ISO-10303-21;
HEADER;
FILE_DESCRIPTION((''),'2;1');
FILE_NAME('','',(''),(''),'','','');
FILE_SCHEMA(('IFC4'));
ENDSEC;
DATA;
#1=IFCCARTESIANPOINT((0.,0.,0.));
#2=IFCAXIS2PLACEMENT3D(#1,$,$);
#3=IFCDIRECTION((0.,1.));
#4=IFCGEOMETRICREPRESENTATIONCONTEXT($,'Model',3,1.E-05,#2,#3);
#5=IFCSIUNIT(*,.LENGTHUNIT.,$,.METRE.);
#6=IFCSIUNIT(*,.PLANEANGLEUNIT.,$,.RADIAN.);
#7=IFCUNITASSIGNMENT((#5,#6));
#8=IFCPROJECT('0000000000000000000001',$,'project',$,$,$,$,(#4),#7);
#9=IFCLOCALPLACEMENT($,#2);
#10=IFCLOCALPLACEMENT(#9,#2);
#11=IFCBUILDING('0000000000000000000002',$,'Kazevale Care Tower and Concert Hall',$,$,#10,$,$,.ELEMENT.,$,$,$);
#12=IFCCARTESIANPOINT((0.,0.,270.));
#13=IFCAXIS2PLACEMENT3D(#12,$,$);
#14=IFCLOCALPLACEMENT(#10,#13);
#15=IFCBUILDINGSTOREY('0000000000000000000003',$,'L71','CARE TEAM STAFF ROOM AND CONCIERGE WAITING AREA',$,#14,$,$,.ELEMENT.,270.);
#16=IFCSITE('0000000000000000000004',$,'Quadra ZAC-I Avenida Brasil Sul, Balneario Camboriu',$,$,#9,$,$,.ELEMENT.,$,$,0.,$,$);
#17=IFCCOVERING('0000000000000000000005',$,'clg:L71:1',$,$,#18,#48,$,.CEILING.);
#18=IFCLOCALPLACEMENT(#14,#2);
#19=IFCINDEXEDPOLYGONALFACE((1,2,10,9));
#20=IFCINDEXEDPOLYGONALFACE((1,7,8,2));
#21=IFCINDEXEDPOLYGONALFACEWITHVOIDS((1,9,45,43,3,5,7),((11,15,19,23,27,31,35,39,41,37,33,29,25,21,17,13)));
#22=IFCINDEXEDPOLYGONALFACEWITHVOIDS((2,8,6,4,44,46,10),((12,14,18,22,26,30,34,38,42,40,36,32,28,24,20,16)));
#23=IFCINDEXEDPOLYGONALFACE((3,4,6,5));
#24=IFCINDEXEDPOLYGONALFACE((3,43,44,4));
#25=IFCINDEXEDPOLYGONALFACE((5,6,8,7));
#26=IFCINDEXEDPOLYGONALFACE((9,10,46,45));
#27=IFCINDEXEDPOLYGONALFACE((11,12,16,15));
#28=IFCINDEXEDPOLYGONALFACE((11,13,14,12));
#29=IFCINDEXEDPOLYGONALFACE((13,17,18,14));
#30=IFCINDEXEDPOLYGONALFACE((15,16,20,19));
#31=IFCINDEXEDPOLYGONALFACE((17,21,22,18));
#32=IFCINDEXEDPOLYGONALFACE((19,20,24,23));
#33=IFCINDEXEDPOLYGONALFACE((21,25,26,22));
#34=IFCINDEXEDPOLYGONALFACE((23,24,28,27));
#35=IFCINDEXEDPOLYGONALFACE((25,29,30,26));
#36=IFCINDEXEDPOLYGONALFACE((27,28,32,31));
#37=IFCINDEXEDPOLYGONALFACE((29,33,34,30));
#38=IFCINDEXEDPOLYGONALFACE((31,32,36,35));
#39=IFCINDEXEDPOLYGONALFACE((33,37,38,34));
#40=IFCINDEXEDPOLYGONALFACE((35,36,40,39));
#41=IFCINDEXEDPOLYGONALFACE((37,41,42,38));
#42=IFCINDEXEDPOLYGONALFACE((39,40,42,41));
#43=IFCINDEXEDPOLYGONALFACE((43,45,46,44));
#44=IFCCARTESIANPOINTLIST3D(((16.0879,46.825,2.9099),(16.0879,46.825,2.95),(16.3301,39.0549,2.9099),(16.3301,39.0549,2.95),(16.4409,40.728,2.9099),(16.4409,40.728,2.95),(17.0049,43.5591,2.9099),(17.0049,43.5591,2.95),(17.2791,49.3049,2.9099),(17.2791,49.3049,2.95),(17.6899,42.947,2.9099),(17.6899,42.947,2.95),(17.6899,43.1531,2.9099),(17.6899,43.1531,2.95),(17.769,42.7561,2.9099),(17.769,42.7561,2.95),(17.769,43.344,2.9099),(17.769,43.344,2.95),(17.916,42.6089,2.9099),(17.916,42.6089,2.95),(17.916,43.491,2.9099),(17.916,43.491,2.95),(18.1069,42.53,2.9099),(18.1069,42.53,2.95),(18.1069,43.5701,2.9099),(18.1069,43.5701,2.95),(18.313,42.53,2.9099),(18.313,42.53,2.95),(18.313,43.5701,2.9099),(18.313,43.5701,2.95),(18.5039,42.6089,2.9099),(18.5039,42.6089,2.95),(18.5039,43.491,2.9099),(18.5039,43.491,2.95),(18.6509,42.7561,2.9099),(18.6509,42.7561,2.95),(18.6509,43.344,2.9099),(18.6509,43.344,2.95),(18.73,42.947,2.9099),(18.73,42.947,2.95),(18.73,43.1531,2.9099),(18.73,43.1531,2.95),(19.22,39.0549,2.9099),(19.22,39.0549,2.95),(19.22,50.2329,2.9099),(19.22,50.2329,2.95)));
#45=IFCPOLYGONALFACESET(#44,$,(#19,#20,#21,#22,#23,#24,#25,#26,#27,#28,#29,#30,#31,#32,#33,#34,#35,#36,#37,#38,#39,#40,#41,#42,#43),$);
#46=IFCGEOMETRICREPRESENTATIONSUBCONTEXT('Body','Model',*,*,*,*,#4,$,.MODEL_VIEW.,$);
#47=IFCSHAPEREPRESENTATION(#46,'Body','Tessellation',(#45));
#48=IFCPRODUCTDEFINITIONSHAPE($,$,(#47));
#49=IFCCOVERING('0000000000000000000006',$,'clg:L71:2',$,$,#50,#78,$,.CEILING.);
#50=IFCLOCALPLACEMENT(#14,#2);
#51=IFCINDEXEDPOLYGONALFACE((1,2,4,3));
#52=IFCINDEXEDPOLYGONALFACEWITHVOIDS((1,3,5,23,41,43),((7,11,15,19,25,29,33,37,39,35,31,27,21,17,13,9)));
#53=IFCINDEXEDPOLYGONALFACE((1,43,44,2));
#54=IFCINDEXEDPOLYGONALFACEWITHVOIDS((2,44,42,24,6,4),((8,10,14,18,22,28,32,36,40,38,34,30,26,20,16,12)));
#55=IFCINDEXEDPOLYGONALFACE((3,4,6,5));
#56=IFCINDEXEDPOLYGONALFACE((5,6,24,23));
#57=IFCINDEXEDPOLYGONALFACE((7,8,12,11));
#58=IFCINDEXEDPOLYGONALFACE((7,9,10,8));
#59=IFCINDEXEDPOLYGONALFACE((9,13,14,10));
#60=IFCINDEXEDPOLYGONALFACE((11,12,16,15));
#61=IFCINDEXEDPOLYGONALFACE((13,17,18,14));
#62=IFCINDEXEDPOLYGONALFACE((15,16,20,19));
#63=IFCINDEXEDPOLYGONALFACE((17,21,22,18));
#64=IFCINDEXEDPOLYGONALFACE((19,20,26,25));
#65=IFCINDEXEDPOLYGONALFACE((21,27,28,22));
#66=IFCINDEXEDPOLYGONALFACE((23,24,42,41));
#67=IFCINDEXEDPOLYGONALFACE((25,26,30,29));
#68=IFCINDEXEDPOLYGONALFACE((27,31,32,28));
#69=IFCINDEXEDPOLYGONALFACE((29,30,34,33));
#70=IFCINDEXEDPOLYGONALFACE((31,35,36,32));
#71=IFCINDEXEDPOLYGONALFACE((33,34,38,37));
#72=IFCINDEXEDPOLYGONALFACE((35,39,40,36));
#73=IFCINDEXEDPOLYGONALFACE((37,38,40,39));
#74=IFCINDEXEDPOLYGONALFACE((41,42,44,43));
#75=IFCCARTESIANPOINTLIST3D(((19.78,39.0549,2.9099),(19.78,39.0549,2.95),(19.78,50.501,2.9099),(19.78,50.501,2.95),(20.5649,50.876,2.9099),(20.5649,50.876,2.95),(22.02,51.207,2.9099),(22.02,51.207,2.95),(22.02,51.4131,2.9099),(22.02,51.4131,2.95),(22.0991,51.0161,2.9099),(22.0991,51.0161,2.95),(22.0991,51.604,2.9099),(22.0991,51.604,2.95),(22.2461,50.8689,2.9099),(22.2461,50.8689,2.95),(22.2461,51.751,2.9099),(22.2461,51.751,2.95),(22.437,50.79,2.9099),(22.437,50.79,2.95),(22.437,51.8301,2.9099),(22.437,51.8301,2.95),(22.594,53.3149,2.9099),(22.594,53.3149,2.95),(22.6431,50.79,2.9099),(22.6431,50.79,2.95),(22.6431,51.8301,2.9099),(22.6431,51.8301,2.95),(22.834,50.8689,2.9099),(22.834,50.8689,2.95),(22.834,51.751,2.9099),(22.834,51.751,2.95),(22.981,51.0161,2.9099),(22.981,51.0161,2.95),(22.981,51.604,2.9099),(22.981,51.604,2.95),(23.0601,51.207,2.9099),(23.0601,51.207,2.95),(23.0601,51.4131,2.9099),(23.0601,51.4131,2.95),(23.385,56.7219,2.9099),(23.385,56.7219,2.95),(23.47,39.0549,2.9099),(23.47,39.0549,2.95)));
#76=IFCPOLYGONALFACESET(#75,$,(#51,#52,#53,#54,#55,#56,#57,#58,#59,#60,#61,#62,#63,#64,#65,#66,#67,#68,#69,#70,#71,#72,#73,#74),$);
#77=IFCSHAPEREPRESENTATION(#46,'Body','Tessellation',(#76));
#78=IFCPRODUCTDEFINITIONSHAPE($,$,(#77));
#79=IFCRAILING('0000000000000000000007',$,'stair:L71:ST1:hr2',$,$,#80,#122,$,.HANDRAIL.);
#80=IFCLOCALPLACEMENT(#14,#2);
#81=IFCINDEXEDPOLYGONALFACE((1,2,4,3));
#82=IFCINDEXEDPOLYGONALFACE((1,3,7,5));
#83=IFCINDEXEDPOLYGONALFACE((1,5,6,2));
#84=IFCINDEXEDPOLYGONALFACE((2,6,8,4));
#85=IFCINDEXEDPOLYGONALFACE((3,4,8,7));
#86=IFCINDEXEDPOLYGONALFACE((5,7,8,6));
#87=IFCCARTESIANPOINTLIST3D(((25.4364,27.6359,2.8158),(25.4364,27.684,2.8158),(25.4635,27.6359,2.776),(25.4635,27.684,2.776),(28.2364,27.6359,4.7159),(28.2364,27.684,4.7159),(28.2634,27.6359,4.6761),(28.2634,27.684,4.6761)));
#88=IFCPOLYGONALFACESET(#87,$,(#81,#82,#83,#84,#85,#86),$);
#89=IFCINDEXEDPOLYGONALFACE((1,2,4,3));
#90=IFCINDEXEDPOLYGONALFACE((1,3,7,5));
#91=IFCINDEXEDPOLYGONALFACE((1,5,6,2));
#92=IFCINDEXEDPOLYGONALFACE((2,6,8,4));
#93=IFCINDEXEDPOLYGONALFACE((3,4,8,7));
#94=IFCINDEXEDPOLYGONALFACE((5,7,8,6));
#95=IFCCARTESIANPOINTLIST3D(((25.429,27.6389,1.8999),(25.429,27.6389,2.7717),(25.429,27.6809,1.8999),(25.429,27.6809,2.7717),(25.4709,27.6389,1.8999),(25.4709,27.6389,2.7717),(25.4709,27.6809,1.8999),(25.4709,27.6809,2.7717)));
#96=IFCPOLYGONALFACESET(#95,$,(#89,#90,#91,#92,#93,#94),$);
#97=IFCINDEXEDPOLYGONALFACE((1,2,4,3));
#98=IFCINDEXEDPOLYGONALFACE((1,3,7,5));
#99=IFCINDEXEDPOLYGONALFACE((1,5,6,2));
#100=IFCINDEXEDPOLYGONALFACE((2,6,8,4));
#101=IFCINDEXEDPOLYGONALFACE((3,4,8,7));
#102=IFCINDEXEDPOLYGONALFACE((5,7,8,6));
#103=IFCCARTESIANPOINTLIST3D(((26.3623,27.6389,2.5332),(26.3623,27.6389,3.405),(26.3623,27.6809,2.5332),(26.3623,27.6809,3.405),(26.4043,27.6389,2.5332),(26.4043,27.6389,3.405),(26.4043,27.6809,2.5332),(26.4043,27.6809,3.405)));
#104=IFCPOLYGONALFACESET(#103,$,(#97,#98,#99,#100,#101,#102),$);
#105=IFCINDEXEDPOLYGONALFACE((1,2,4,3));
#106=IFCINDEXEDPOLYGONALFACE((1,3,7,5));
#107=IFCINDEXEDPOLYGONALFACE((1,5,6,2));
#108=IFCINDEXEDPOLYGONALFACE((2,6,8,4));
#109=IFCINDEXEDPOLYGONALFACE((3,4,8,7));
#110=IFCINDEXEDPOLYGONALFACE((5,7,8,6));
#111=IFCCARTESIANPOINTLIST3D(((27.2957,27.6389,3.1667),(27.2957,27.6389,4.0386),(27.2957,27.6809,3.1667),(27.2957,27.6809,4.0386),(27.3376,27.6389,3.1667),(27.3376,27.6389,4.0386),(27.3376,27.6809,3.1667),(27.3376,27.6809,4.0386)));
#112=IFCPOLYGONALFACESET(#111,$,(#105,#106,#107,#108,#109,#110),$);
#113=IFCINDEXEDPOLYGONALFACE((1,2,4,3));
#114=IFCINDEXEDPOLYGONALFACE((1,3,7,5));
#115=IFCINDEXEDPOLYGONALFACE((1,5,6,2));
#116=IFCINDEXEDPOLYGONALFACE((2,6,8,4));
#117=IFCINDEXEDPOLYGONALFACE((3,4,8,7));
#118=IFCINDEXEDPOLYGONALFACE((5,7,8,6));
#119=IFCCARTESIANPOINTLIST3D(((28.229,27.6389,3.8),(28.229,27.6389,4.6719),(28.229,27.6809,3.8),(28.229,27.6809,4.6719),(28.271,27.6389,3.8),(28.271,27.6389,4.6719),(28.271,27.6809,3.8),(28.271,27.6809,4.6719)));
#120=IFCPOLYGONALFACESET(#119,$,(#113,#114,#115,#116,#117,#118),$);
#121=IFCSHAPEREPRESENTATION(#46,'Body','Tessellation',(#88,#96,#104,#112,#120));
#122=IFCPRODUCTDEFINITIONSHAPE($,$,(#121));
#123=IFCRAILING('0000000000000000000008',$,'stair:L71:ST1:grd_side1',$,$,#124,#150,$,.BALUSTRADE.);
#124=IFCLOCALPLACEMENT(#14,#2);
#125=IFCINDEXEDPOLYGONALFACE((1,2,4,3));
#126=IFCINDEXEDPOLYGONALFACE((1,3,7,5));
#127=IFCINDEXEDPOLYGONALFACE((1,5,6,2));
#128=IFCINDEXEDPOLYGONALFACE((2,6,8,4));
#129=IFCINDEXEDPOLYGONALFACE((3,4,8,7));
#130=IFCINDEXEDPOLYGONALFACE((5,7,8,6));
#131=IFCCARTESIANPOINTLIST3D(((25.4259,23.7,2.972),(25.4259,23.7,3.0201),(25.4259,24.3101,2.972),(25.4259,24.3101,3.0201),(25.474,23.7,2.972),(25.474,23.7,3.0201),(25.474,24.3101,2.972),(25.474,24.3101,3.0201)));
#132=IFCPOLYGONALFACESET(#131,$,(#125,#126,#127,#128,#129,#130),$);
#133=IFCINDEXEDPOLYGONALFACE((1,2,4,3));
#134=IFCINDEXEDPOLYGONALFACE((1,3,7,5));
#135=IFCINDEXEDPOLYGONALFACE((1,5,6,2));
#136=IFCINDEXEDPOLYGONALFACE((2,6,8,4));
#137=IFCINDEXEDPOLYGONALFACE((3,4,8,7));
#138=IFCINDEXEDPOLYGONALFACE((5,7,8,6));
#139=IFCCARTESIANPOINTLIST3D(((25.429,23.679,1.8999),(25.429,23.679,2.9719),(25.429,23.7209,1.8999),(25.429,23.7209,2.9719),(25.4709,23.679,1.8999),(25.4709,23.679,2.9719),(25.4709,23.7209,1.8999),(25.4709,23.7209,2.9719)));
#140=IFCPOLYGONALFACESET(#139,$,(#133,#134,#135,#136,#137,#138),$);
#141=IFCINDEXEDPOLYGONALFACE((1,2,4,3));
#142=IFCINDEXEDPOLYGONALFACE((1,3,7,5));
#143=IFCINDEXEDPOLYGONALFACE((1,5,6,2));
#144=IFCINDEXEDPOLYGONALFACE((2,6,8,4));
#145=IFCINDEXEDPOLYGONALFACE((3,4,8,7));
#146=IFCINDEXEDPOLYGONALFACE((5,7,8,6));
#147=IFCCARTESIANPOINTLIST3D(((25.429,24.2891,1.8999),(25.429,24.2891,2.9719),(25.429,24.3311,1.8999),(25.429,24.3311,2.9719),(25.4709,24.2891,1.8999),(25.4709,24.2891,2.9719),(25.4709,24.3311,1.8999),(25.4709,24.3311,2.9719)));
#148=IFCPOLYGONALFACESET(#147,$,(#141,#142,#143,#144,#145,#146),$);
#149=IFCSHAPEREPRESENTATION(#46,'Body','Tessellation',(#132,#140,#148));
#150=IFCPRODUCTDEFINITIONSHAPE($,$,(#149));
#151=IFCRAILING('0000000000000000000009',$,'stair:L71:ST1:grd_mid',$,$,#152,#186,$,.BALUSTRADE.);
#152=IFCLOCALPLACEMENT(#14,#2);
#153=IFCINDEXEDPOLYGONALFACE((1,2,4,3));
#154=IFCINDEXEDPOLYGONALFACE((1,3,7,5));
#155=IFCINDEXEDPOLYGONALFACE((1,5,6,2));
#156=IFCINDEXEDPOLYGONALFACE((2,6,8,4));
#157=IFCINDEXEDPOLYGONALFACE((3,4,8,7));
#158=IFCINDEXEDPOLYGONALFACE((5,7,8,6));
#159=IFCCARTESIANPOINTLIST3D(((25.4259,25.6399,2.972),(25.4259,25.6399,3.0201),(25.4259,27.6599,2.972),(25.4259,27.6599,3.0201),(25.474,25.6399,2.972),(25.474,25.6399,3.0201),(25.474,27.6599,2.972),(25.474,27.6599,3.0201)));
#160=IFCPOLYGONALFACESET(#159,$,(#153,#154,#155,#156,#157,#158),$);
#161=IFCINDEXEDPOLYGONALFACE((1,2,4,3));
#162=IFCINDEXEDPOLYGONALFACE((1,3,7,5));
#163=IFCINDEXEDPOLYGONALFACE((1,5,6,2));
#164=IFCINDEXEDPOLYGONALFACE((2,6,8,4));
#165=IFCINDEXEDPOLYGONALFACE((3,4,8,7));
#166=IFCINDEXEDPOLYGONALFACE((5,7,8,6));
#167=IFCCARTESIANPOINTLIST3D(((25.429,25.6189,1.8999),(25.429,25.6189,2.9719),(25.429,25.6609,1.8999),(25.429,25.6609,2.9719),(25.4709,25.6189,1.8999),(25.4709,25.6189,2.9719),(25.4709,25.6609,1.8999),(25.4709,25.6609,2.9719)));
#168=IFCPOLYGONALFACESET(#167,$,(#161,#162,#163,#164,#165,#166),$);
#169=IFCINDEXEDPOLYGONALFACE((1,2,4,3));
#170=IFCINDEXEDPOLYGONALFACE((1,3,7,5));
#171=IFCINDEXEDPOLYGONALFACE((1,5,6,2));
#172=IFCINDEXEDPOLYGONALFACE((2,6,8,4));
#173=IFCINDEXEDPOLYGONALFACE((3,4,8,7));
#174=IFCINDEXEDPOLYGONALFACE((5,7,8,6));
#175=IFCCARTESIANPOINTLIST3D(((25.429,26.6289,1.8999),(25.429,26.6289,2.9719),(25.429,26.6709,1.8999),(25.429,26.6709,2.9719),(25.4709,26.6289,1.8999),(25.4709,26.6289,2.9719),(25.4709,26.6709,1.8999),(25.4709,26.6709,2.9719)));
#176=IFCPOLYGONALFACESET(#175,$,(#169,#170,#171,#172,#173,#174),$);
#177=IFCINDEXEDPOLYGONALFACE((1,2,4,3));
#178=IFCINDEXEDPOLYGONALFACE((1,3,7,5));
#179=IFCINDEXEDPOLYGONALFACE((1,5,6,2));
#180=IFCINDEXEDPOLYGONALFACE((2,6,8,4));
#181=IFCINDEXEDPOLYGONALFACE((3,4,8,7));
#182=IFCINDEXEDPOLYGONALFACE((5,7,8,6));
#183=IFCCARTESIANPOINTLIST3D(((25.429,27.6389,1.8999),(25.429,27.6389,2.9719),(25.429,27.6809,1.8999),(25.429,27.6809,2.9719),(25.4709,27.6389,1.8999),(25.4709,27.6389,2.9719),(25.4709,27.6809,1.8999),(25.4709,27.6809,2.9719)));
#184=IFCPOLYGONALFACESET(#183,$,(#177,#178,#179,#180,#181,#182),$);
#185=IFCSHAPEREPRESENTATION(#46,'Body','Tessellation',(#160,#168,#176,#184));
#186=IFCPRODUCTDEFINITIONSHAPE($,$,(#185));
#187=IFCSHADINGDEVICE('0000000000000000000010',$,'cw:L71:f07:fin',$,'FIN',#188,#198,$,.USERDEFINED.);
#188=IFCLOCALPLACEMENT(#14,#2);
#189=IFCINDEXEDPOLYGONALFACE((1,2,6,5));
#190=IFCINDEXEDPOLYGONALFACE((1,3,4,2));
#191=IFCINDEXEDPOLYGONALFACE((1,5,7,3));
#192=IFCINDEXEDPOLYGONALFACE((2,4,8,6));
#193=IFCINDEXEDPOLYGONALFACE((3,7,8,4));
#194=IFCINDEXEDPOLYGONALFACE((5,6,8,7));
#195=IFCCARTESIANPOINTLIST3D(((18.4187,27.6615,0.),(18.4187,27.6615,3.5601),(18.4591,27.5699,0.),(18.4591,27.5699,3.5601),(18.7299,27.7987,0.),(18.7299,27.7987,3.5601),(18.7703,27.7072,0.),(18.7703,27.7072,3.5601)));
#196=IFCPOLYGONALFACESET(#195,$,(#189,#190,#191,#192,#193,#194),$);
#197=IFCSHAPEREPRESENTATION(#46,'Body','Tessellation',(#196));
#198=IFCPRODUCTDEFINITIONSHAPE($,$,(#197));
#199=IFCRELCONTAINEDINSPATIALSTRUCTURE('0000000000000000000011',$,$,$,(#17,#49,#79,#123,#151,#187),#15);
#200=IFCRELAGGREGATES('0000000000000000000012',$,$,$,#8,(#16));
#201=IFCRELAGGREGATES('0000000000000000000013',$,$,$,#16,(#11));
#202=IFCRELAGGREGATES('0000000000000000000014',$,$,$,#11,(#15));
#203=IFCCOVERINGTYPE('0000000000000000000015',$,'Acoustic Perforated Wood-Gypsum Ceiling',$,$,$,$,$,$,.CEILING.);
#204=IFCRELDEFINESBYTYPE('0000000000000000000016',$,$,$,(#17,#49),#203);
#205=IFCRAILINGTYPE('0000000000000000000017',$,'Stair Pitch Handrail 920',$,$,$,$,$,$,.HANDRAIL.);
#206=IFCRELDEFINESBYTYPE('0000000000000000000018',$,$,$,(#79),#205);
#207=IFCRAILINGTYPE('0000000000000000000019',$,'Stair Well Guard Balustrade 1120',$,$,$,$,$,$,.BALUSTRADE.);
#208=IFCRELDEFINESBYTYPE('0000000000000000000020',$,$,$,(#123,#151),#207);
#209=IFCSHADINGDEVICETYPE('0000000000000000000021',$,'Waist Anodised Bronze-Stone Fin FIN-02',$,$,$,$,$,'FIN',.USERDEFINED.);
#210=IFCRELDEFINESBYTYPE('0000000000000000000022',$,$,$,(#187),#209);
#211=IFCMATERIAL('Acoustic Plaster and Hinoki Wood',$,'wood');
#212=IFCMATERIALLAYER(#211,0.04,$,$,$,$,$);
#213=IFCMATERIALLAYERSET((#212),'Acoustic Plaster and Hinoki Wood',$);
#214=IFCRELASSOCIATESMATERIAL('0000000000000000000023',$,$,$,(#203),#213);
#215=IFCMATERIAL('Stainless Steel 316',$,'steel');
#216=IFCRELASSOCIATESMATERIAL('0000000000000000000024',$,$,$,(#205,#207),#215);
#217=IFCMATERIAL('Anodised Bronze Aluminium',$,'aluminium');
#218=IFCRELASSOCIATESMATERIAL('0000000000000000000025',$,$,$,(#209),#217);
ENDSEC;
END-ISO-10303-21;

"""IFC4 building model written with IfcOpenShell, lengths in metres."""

from ifc_helpers import new_model, si_unit, direction, frame, origin, origin_2d, place, context, subcontext, project, spatial, polyline, rectangle, outline, extrude, material, layer, layer_set, type_object, element, save


model = new_model("IFC4")

# Units and contexts
model_context = context("Model", 3, precision=1e-05, world=origin(), true_north=direction((0.0, 1.0)))
body_context = subcontext(model_context, "Body", "Model", "MODEL_VIEW")
ifc_project = project(units=[si_unit("LENGTHUNIT", "METRE"), si_unit("PLANEANGLEUNIT", "RADIAN")], contexts=[model_context])

# Site, building, storey
site_placement = place(None, origin())
site = spatial("IfcSite", under=ifc_project, at=site_placement, Name="Quadra ZAC-I Avenida Brasil Sul, Balneario Camboriu", CompositionType="ELEMENT", RefElevation=0.0)
building_placement = place(site_placement, origin())
building = spatial("IfcBuilding", under=site, at=building_placement, Name="Kazevale Care Tower and Concert Hall", CompositionType="ELEMENT")
storey_placement = place(building_placement, frame((0.0, 0.0, 270.0)))
storey = spatial("IfcBuildingStorey", under=building, at=storey_placement, Name="L71", Description="CARE TEAM STAFF ROOM AND CONCIERGE WAITING AREA", CompositionType="ELEMENT", Elevation=270.0)

# Coverings
ifc_material_1 = material(Name="Acoustic Plaster and Hinoki Wood", Category="wood")
ifc_layer_1 = layer(ifc_material_1, 0.04)
ifc_layer_set_1 = layer_set([ifc_layer_1], Name="Acoustic Plaster and Hinoki Wood")
covering_type = type_object("IfcCoveringType", Name="Acoustic Perforated Wood-Gypsum Ceiling", PredefinedType="CEILING", material=ifc_layer_set_1)
covering_1_placement = place(storey_placement, frame((0.0, 0.0, 2.9099)))
element("IfcCovering", 1, at=covering_1_placement, inside=storey, type_object=covering_type, Name="clg:L71:1", PredefinedType="CEILING", context=body_context, shape_type="SweptSolid", body=[
    extrude(outline(polyline([(17.0049, 43.5591), (16.0879, 46.825), (17.2791, 49.3049), (19.22, 50.2329), (19.22, 39.0549), (16.3301, 39.0549), (16.4409, 40.728), (17.0049, 43.5591)]), holes=[polyline([(18.73, 43.1531), (18.6509, 43.344), (18.5039, 43.491), (18.313, 43.5701), (18.1069, 43.5701), (17.916, 43.491), (17.769, 43.344), (17.6899, 43.1531), (17.6899, 42.947), (17.769, 42.7561), (17.916, 42.6089), (18.1069, 42.53), (18.313, 42.53), (18.5039, 42.6089), (18.6509, 42.7561), (18.73, 42.947), (18.73, 43.1531)])]), origin(), (0.0, 0.0, 1.0), 0.04),
])
covering_2_placement = place(storey_placement, frame((0.0, 0.0, 2.9099)))
element("IfcCovering", 2, at=covering_2_placement, inside=storey, type_object=covering_type, Name="clg:L71:2", PredefinedType="CEILING", context=body_context, shape_type="SweptSolid", body=[
    extrude(outline(polyline([(22.594, 53.3149), (23.385, 56.7219), (23.47, 39.0549), (19.78, 39.0549), (19.78, 50.501), (20.5649, 50.876), (22.594, 53.3149)]), holes=[polyline([(23.0601, 51.4131), (22.981, 51.604), (22.834, 51.751), (22.6431, 51.8301), (22.437, 51.8301), (22.2461, 51.751), (22.0991, 51.604), (22.02, 51.4131), (22.02, 51.207), (22.0991, 51.0161), (22.2461, 50.8689), (22.437, 50.79), (22.6431, 50.79), (22.834, 50.8689), (22.981, 51.0161), (23.0601, 51.207), (23.0601, 51.4131)])]), origin(), (0.0, 0.0, 1.0), 0.04),
])

# Railings
ifc_material_2 = material(Name="Stainless Steel 316", Category="steel")
railing_type_1 = type_object("IfcRailingType", Name="Stair Pitch Handrail 920", PredefinedType="HANDRAIL", material=ifc_material_2)
railing_1_placement = place(storey_placement, frame((25.45, 27.6599, 1.8999)))
element("IfcRailing", 3, at=railing_1_placement, inside=storey, type_object=railing_type_1, Name="stair:L71:ST1:hr2", PredefinedType="HANDRAIL", context=body_context, shape_type="SweptSolid", body=[
    extrude(rectangle(XDim=0.0481, YDim=0.0481, at=origin_2d()), frame((0.0, 0.0, 0.896), z_axis=(0.82746, 0.0, 0.561524), x_axis=(0.0, 1.0, 0.0)), (0.0, 0.0, 1.0), 3.3838),
    extrude(rectangle(XDim=0.042, YDim=0.042, at=origin_2d()), origin(), (0.0, 0.0, 1.0), 0.8718),
    extrude(rectangle(XDim=0.042, YDim=0.042, at=origin_2d()), frame((0.9333, 0.0, 0.6333)), (0.0, 0.0, 1.0), 0.8718),
    extrude(rectangle(XDim=0.042, YDim=0.042, at=origin_2d()), frame((1.8667, 0.0, 1.2668)), (0.0, 0.0, 1.0), 0.8718),
    extrude(rectangle(XDim=0.042, YDim=0.042, at=origin_2d()), frame((2.8, 0.0, 1.9001)), (0.0, 0.0, 1.0), 0.8718),
])
railing_type_2 = type_object("IfcRailingType", Name="Stair Well Guard Balustrade 1120", PredefinedType="BALUSTRADE", material=ifc_material_2)
railing_2_placement = place(storey_placement, frame((25.45, 23.7, 1.8999)))
element("IfcRailing", 4, at=railing_2_placement, inside=storey, type_object=railing_type_2, Name="stair:L71:ST1:grd_side1", PredefinedType="BALUSTRADE", context=body_context, shape_type="SweptSolid", body=[
    extrude(rectangle(XDim=0.0481, YDim=0.0481, at=origin_2d()), frame((0.0, 0.0, 1.0962), z_axis=(0.0, 1.0, 0.0), x_axis=(-1.0, 0.0, 0.0)), (0.0, 0.0, 1.0), 0.6101),
    extrude(rectangle(XDim=0.042, YDim=0.042, at=origin_2d()), origin(), (0.0, 0.0, 1.0), 1.072),
    extrude(rectangle(XDim=0.042, YDim=0.042, at=origin_2d()), frame((0.0, 0.6101, 0.0)), (0.0, 0.0, 1.0), 1.072),
])
railing_3_placement = place(storey_placement, frame((25.45, 25.6399, 1.8999)))
element("IfcRailing", 5, at=railing_3_placement, inside=storey, type_object=railing_type_2, Name="stair:L71:ST1:grd_mid", PredefinedType="BALUSTRADE", context=body_context, shape_type="SweptSolid", body=[
    extrude(rectangle(XDim=0.0481, YDim=0.0481, at=origin_2d()), frame((0.0, 0.0, 1.0962), z_axis=(0.0, 1.0, 0.0), x_axis=(-1.0, 0.0, 0.0)), (0.0, 0.0, 1.0), 2.02),
    extrude(rectangle(XDim=0.042, YDim=0.042, at=origin_2d()), origin(), (0.0, 0.0, 1.0), 1.072),
    extrude(rectangle(XDim=0.042, YDim=0.042, at=origin_2d()), frame((0.0, 1.01, 0.0)), (0.0, 0.0, 1.0), 1.072),
    extrude(rectangle(XDim=0.042, YDim=0.042, at=origin_2d()), frame((0.0, 2.02, 0.0)), (0.0, 0.0, 1.0), 1.072),
])

# Shading device
ifc_material_3 = material(Name="Anodised Bronze Aluminium", Category="aluminium")
shading_device_type = type_object("IfcShadingDeviceType", Name="Waist Anodised Bronze-Stone Fin FIN-02", ElementType="FIN", PredefinedType="USERDEFINED", material=ifc_material_3)
shading_device_placement = place(storey_placement, frame((18.5945, 27.6843, 0.0), z_axis=(0.0, 0.0, 1.0), x_axis=(-0.91496, -0.403545, 0.0)))
element("IfcShadingDevice", 6, at=shading_device_placement, inside=storey, type_object=shading_device_type, Name="cw:L71:f07:fin", ObjectType="FIN", PredefinedType="USERDEFINED", context=body_context, shape_type="SweptSolid", body=[
    extrude(rectangle(XDim=0.3401, YDim=0.1001, at=origin_2d()), origin(), (0.0, 0.0, 1.0), 3.5601),
])

save(model, "model.ifc")
